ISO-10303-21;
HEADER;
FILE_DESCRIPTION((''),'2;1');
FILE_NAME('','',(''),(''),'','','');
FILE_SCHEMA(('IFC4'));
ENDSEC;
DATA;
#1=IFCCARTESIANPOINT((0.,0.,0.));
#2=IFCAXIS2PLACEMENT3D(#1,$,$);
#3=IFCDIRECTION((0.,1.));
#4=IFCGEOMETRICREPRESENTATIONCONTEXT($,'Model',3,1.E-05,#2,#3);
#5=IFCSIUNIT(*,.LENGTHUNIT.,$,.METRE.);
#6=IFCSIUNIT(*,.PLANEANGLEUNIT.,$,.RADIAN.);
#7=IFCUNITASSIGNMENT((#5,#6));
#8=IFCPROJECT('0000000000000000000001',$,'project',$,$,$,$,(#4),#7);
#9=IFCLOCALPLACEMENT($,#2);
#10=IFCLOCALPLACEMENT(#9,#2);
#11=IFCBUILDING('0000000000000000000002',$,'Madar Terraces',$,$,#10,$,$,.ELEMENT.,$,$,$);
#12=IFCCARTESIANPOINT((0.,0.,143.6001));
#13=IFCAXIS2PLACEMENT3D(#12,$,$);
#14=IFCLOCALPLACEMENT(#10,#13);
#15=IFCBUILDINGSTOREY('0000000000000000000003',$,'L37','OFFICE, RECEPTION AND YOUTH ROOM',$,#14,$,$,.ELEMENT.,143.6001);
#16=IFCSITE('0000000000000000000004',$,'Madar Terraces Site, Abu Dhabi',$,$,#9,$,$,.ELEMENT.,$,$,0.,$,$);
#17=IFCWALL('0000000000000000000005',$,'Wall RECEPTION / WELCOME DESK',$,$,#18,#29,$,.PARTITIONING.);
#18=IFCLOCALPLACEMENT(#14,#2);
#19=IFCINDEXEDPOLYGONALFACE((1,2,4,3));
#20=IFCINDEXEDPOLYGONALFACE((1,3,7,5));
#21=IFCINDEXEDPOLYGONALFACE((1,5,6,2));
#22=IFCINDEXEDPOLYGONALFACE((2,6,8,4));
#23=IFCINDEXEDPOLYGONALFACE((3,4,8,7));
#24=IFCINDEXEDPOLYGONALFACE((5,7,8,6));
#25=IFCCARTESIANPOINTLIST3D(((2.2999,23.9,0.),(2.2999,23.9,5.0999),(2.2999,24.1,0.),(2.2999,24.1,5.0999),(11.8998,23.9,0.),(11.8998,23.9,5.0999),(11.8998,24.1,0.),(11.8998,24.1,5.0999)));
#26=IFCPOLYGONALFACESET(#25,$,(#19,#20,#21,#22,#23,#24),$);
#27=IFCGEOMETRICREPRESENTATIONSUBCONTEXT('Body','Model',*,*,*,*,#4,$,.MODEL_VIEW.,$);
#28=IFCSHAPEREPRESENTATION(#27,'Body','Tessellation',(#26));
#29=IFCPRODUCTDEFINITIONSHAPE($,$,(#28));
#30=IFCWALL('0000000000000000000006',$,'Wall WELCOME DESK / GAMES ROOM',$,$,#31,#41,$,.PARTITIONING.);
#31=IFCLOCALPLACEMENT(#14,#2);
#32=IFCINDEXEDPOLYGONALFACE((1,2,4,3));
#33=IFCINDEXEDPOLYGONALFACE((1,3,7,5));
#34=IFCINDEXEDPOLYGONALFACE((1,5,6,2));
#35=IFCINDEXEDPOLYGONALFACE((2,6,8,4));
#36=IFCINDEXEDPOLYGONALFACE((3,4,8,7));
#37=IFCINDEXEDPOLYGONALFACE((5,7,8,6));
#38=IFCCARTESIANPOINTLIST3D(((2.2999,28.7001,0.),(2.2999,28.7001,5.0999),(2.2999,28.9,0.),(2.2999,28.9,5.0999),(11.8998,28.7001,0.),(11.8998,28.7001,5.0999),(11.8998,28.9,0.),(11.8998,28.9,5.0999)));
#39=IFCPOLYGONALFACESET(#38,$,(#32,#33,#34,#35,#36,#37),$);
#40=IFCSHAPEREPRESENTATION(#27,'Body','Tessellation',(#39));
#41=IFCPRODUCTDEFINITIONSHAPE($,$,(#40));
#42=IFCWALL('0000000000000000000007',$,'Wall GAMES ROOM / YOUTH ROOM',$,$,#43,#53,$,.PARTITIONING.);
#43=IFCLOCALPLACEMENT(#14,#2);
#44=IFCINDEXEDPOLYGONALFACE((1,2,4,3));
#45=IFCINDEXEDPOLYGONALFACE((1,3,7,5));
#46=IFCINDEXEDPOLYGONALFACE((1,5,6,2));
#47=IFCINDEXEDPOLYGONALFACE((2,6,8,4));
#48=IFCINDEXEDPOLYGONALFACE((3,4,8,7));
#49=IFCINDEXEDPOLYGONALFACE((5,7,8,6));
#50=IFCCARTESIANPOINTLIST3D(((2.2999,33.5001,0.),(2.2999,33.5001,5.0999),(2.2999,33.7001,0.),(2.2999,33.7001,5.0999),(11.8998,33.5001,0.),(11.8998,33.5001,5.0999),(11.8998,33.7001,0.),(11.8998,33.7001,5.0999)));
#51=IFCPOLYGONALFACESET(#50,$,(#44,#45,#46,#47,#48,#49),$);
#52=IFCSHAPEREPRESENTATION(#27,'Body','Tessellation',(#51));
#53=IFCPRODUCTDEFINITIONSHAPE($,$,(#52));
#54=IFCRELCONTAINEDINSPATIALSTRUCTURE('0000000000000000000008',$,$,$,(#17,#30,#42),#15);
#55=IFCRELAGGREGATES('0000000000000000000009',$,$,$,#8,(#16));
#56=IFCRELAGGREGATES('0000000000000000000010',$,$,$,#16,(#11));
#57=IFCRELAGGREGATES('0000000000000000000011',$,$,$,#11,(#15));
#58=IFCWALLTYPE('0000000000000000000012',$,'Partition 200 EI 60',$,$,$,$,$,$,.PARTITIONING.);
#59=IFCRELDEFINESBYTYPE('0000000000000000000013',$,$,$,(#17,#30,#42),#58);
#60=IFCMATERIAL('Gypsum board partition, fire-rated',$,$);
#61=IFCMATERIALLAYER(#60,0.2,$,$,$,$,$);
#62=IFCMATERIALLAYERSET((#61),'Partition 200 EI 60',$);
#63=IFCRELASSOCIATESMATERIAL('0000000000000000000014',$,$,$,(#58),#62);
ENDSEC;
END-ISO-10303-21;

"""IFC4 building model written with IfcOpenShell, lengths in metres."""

from ifc_helpers import new_model, si_unit, direction, frame, frame_2d, origin, place, context, subcontext, project, spatial, rectangle, extrude, material, layer, layer_set, type_object, element, save


model = new_model("IFC4")

# Units and contexts
model_context = context("Model", 3, precision=1e-05, world=origin(), true_north=direction((0.0, 1.0)))
body_context = subcontext(model_context, "Body", "Model", "MODEL_VIEW")
ifc_project = project(units=[si_unit("LENGTHUNIT", "METRE"), si_unit("PLANEANGLEUNIT", "RADIAN")], contexts=[model_context])

# Site, building, storey
site_placement = place(None, origin())
site = spatial("IfcSite", under=ifc_project, at=site_placement, Name="Madar Terraces Site, Abu Dhabi", CompositionType="ELEMENT", RefElevation=0.0)
building_placement = place(site_placement, origin())
building = spatial("IfcBuilding", under=site, at=building_placement, Name="Madar Terraces", CompositionType="ELEMENT")
storey_placement = place(building_placement, frame((0.0, 0.0, 143.6001)))
storey = spatial("IfcBuildingStorey", under=building, at=storey_placement, Name="L37", Description="OFFICE, RECEPTION AND YOUTH ROOM", CompositionType="ELEMENT", Elevation=143.6001)

# Walls
ifc_material_1 = material(Name="Gypsum board partition, fire-rated")
ifc_layer_1 = layer(ifc_material_1, 0.2)
ifc_layer_set_1 = layer_set([ifc_layer_1], Name="Partition 200 EI 60")
wall_type = type_object("IfcWallType", Name="Partition 200 EI 60", PredefinedType="PARTITIONING", material=ifc_layer_set_1)
for number, where, z_axis, x_axis, name in (
    (1, (2.3, 24.0, 0.0), (0.0, 0.0, 1.0), (1.0, 0.0, 0.0), "Wall RECEPTION / WELCOME DESK"),
    (2, (2.3, 28.8, 0.0), (0.0, 0.0, 1.0), (1.0, 0.0, 0.0), "Wall WELCOME DESK / GAMES ROOM"),
    (3, (2.3, 33.6001, 0.0), (0.0, 0.0, 1.0), (1.0, 0.0, 0.0), "Wall GAMES ROOM / YOUTH ROOM"),
):
    element("IfcWall", number, at=place(storey_placement, frame(where, z_axis=z_axis, x_axis=x_axis)), inside=storey, type_object=wall_type, Name=name, PredefinedType="PARTITIONING", context=body_context, shape_type="SweptSolid", body=[
        extrude(rectangle(XDim=9.5999, YDim=0.2, at=frame_2d((4.7998, 0.0))), origin(), (0.0, 0.0, 1.0), 5.0999),
    ])

save(model, "model.ifc")
